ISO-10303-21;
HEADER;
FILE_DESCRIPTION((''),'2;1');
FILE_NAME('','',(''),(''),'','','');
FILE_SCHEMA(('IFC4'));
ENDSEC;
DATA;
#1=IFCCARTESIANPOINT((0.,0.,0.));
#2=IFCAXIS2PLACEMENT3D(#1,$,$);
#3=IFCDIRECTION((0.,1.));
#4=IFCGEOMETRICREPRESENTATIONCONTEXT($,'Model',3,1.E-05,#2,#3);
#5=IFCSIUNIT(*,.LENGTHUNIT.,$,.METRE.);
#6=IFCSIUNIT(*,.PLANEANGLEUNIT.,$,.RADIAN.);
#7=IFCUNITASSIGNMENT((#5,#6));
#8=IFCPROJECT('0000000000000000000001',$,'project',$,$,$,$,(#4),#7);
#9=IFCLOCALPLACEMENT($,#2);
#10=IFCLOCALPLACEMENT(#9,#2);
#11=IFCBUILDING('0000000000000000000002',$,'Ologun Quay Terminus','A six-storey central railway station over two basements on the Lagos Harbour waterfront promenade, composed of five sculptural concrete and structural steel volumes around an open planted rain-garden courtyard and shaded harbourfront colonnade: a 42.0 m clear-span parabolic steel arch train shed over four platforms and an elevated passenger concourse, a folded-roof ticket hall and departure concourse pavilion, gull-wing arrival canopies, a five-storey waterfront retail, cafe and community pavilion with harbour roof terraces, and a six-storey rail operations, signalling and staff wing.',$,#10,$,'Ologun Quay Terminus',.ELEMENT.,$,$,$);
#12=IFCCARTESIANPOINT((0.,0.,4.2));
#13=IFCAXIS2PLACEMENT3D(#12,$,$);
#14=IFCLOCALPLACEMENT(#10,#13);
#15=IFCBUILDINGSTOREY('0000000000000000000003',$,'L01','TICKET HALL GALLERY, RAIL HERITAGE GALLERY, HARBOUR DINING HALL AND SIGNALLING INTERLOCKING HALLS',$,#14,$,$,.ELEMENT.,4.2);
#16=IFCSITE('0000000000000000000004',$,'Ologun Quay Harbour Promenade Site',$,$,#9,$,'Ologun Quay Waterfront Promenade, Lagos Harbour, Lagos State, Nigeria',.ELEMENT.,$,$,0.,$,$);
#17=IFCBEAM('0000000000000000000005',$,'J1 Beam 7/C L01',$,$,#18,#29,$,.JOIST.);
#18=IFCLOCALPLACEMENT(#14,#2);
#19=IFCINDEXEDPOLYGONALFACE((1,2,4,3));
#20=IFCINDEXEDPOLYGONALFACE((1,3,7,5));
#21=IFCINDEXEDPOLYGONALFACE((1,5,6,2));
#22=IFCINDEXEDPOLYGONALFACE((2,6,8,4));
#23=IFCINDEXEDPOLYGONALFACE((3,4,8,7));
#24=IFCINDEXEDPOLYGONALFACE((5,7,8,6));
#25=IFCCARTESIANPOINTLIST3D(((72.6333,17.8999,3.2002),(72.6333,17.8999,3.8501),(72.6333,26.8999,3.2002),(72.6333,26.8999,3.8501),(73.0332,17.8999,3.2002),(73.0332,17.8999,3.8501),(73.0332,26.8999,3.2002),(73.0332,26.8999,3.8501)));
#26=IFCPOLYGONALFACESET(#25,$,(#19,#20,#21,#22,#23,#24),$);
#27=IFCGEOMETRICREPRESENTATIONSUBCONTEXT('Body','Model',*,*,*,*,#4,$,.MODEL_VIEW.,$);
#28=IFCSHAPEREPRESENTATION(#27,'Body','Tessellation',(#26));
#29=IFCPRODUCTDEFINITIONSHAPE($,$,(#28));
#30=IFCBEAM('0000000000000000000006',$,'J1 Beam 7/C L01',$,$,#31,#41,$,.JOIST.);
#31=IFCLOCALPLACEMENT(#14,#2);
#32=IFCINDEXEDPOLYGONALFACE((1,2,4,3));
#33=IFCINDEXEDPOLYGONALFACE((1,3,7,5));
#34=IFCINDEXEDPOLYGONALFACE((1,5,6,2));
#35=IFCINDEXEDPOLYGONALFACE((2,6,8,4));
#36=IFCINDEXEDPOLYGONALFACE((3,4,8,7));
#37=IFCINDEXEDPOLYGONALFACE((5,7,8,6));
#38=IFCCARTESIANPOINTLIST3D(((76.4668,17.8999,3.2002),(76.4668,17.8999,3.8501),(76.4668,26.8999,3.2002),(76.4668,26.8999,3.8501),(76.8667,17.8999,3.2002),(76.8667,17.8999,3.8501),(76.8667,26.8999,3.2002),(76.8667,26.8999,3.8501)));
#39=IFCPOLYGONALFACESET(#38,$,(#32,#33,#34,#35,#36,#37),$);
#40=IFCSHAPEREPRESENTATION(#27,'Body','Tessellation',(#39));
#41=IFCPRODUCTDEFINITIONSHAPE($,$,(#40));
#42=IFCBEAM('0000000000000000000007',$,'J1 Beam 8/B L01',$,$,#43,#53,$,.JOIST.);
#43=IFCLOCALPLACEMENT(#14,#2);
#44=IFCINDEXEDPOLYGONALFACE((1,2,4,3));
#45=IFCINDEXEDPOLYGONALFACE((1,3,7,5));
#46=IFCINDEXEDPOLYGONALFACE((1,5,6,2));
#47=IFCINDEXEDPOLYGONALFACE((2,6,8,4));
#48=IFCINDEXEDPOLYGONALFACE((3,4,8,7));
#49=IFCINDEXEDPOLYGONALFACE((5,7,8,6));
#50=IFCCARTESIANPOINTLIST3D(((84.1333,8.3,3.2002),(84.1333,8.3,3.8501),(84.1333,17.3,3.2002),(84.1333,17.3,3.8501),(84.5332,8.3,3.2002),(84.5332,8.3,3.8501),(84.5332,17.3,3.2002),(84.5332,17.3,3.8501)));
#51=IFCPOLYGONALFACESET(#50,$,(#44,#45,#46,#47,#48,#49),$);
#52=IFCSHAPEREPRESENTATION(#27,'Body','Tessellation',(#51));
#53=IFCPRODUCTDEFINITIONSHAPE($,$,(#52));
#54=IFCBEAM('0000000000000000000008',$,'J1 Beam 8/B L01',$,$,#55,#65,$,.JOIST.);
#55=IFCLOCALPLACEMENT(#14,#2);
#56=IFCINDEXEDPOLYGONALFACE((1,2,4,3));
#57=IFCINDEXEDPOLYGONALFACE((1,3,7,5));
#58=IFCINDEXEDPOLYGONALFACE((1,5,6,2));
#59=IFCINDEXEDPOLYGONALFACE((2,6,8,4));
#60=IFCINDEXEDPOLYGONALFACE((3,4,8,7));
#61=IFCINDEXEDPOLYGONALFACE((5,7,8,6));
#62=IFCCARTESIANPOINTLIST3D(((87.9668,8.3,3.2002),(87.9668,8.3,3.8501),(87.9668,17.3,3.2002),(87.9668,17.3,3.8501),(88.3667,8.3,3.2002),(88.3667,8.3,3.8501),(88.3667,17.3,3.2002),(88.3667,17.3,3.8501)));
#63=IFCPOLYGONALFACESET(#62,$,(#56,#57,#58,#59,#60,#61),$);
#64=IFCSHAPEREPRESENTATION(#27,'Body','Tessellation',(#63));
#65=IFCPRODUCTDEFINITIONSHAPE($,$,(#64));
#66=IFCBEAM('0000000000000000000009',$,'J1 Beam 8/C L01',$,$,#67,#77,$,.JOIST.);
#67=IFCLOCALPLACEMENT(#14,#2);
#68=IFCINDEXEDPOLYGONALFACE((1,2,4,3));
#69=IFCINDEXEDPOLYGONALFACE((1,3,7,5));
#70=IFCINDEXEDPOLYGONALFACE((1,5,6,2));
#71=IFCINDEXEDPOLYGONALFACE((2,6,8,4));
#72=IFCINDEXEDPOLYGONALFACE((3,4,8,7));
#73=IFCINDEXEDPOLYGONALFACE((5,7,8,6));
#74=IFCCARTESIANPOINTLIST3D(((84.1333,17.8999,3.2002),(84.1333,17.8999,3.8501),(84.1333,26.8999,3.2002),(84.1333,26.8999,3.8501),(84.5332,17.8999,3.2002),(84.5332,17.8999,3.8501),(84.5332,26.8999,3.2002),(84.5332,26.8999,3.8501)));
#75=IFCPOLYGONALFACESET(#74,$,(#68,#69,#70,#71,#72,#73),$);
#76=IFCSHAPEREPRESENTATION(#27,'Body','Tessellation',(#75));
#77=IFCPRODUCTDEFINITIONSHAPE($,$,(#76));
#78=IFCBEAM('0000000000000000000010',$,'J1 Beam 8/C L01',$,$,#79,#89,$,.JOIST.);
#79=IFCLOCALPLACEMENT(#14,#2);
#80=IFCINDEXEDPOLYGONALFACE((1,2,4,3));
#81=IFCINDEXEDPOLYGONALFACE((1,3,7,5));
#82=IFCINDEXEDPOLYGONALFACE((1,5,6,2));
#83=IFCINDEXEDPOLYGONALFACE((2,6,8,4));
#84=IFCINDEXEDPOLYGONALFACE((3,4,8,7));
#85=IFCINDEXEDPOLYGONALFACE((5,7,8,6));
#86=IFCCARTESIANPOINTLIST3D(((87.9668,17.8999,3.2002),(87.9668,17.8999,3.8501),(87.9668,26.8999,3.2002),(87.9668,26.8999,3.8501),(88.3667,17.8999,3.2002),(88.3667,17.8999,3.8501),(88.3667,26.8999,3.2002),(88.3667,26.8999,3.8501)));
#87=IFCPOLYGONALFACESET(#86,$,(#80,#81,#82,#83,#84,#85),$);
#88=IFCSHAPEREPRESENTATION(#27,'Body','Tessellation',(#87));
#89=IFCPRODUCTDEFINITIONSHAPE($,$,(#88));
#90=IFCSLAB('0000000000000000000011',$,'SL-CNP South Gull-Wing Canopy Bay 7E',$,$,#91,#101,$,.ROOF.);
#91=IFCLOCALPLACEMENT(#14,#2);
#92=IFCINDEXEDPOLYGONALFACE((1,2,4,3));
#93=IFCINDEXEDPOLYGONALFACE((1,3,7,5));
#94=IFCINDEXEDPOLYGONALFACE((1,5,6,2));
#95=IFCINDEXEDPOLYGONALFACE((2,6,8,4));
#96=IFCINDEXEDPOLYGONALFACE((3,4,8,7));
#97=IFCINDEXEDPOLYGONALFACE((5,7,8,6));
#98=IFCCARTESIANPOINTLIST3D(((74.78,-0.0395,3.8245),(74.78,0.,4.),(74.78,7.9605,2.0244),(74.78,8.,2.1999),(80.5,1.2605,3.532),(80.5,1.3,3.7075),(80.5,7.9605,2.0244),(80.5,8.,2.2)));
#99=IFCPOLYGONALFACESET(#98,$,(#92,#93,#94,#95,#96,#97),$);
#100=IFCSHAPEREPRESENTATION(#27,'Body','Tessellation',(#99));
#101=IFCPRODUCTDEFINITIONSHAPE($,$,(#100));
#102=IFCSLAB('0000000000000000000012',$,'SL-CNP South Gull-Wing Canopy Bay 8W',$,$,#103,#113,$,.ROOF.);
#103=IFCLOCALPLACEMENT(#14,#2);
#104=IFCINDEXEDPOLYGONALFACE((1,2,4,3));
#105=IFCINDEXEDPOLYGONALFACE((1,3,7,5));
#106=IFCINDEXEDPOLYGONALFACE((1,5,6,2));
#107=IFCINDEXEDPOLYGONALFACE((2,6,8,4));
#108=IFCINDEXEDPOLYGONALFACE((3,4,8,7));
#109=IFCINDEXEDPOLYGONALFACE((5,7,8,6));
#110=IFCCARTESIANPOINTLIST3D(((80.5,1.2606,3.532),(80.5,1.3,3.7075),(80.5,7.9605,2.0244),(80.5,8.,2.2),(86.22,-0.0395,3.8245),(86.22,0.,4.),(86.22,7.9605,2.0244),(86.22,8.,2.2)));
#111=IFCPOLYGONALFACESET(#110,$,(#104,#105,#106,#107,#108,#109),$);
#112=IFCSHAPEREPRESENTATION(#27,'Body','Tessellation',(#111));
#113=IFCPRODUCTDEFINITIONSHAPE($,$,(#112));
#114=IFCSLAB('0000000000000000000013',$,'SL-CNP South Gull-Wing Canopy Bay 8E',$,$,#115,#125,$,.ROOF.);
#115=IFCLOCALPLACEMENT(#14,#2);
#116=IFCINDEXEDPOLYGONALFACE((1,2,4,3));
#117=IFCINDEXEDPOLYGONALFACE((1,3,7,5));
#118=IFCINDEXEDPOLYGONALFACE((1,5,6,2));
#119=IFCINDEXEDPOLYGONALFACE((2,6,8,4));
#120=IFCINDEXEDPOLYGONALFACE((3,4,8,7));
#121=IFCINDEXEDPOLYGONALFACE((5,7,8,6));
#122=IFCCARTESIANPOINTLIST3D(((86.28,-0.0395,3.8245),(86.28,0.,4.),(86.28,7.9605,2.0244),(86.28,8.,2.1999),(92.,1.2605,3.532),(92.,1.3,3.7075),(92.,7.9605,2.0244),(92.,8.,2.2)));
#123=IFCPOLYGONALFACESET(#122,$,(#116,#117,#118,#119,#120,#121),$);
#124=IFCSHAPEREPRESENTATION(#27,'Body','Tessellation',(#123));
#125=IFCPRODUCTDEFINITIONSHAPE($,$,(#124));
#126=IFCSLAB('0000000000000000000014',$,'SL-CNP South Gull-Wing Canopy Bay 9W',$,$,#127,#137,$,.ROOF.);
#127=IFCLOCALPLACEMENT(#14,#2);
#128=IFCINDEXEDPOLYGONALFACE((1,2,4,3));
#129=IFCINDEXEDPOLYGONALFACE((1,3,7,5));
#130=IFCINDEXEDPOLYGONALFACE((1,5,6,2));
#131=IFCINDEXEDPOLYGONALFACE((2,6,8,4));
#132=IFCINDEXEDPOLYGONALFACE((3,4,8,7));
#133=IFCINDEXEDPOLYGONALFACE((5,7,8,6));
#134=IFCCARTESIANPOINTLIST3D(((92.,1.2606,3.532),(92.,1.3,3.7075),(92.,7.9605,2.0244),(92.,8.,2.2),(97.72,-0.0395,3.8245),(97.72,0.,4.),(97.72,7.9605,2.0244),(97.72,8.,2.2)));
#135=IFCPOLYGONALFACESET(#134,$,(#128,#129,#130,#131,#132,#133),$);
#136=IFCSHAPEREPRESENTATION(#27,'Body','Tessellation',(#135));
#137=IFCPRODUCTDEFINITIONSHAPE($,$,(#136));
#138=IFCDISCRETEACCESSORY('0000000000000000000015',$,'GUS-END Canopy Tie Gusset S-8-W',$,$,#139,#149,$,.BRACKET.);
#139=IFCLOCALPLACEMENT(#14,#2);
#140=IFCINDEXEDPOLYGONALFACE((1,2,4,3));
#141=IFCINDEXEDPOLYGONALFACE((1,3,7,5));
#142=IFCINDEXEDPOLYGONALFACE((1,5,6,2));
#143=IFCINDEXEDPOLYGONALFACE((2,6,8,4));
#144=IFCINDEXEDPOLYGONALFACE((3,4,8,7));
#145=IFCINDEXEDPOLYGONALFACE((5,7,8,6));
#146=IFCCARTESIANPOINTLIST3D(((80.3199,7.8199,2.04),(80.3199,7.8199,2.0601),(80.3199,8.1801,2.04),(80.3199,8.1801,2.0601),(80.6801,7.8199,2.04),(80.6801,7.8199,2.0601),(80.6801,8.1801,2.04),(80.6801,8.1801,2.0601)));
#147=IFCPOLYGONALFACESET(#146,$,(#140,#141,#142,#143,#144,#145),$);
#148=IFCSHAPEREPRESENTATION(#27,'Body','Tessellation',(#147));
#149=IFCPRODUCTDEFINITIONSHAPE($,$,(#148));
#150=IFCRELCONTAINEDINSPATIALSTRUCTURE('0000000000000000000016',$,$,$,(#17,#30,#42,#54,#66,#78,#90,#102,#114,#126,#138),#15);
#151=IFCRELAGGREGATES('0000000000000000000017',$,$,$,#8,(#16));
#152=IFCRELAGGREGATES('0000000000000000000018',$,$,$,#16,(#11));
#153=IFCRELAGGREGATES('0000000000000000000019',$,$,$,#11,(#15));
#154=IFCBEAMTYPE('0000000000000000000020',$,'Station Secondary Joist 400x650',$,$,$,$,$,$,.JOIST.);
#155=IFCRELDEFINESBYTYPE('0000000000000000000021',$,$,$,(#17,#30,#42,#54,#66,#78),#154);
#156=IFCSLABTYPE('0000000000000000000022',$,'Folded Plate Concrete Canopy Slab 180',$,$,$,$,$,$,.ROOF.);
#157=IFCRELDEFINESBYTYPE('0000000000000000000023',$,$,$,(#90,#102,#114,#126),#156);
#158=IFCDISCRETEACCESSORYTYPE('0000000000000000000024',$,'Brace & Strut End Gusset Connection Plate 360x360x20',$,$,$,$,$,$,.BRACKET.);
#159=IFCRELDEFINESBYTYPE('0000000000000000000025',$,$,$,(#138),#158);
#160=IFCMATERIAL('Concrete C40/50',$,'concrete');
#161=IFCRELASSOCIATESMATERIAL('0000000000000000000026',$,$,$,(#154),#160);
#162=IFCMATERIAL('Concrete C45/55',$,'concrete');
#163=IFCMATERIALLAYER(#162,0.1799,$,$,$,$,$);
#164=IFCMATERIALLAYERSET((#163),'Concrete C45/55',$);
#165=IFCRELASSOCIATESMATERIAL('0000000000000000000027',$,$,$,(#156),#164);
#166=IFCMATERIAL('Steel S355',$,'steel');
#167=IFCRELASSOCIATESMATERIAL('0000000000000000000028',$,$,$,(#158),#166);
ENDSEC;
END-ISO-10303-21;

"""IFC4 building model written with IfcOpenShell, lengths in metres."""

from ifc_helpers import new_model, si_unit, direction, frame, origin, origin_2d, place, context, subcontext, project, spatial, polyline, rectangle, outline, extrude, material, layer, layer_set, material_profile, profile_set, type_object, element, save


model = new_model("IFC4")

# Units and contexts
model_context = context("Model", 3, precision=1e-05, world=origin(), true_north=direction((0.0, 1.0)))
body_context = subcontext(model_context, "Body", "Model", "MODEL_VIEW")
ifc_project = project(units=[si_unit("LENGTHUNIT", "METRE"), si_unit("PLANEANGLEUNIT", "RADIAN")], contexts=[model_context])

# Site, building, storey
site_placement = place(None, origin())
site = spatial("IfcSite", under=ifc_project, at=site_placement, Name="Ologun Quay Harbour Promenade Site", LongName="Ologun Quay Waterfront Promenade, Lagos Harbour, Lagos State, Nigeria", CompositionType="ELEMENT", RefElevation=0.0)
building_placement = place(site_placement, origin())
building = spatial("IfcBuilding", under=site, at=building_placement, Name="Ologun Quay Terminus", Description="A six-storey central railway station over two basements on the Lagos Harbour waterfront promenade, composed of five sculptural concrete and structural steel volumes around an open planted rain-garden courtyard and shaded harbourfront colonnade: a 42.0 m clear-span parabolic steel arch train shed over four platforms and an elevated passenger concourse, a folded-roof ticket hall and departure concourse pavilion, gull-wing arrival canopies, a five-storey waterfront retail, cafe and community pavilion with harbour roof terraces, and a six-storey rail operations, signalling and staff wing.", LongName="Ologun Quay Terminus", CompositionType="ELEMENT")
storey_placement = place(building_placement, frame((0.0, 0.0, 4.2)))
storey = spatial("IfcBuildingStorey", under=building, at=storey_placement, Name="L01", Description="TICKET HALL GALLERY, RAIL HERITAGE GALLERY, HARBOUR DINING HALL AND SIGNALLING INTERLOCKING HALLS", CompositionType="ELEMENT", Elevation=4.2)

# Beams
ifc_material_1 = material(Name="Concrete C40/50", Category="concrete")
ifc_material_profile_1 = material_profile(ifc_material_1, rectangle(XDim=0.3999, YDim=0.6499, at=origin_2d()), Name="RC 400x650")
ifc_profile_set_1 = profile_set([ifc_material_profile_1], Name="Concrete C40/50")
beam_type_1 = type_object("IfcBeamType", Name="Station Secondary Joist 400x650", PredefinedType="JOIST", material=ifc_profile_set_1)
for number, where, z_axis, x_axis, name in (
    (1, (72.8333, 17.8999, 3.5251), (0.0, 1.0, 0.0), (-1.0, 0.0, 0.0), "J1 Beam 7/C L01"),
    (2, (76.6667, 17.8999, 3.5251), (0.0, 1.0, 0.0), (-1.0, 0.0, 0.0), "J1 Beam 7/C L01"),
    (3, (84.3333, 8.3, 3.5251), (0.0, 1.0, 0.0), (-1.0, 0.0, 0.0), "J1 Beam 8/B L01"),
    (4, (88.1667, 8.3, 3.5251), (0.0, 1.0, 0.0), (-1.0, 0.0, 0.0), "J1 Beam 8/B L01"),
    (5, (84.3333, 17.8999, 3.5251), (0.0, 1.0, 0.0), (-1.0, 0.0, 0.0), "J1 Beam 8/C L01"),
    (6, (88.1667, 17.8999, 3.5251), (0.0, 1.0, 0.0), (-1.0, 0.0, 0.0), "J1 Beam 8/C L01"),
):
    element("IfcBeam", number, at=place(storey_placement, frame(where, z_axis=z_axis, x_axis=x_axis)), inside=storey, type_object=beam_type_1, Name=name, PredefinedType="JOIST", context=body_context, shape_type="SweptSolid", body=[
        extrude(rectangle(XDim=0.3999, YDim=0.6499, at=origin_2d()), origin(), (0.0, 0.0, 1.0), 9.0),
    ])

# Slabs
ifc_material_2 = material(Name="Concrete C45/55", Category="concrete")
ifc_layer = layer(ifc_material_2, 0.1799)
ifc_layer_set = layer_set([ifc_layer], Name="Concrete C45/55")
slab_type = type_object("IfcSlabType", Name="Folded Plate Concrete Canopy Slab 180", PredefinedType="ROOF", material=ifc_layer_set)
slab_1_placement = place(storey_placement, frame((74.78, 0.0, 4.0), z_axis=(-0.000004, 0.21952, 0.975608), x_axis=(0.973921, 0.221354, -0.049803)))
element("IfcSlab", 7, at=slab_1_placement, inside=storey, type_object=slab_type, Name="SL-CNP South Gull-Wing Canopy Bay 7E", PredefinedType="ROOF", context=body_context, shape_type="SweptSolid", body=[
    extrude(outline(polyline([(0.0, 0.0), (5.8731, 0.0), (7.4313, 6.6884), (1.8605, 7.9862), (0.0, 0.0)])), origin(), (0.0, 0.0, -1.0), 0.1799),
])
slab_2_placement = place(storey_placement, frame((80.5, 1.3, 3.7075), z_axis=(0.000004, 0.21952, 0.975608), x_axis=(0.973921, -0.221354, 0.049803)))
element("IfcSlab", 8, at=slab_2_placement, inside=storey, type_object=slab_type, Name="SL-CNP South Gull-Wing Canopy Bay 8W", PredefinedType="ROOF", context=body_context, shape_type="SweptSolid", body=[
    extrude(outline(polyline([(0.0, 0.0), (5.8731, 0.0), (4.0127, 7.9862), (-1.5581, 6.6884), (0.0, 0.0)])), origin(), (0.0, 0.0, -1.0), 0.1799),
])
slab_3_placement = place(storey_placement, frame((86.28, 0.0, 4.0), z_axis=(-0.000004, 0.21952, 0.975608), x_axis=(0.973921, 0.221354, -0.049803)))
element("IfcSlab", 9, at=slab_3_placement, inside=storey, type_object=slab_type, Name="SL-CNP South Gull-Wing Canopy Bay 8E", PredefinedType="ROOF", context=body_context, shape_type="SweptSolid", body=[
    extrude(outline(polyline([(0.0, 0.0), (5.8731, 0.0), (7.4313, 6.6884), (1.8605, 7.9862), (0.0, 0.0)])), origin(), (0.0, 0.0, -1.0), 0.1799),
])
slab_4_placement = place(storey_placement, frame((92.0, 1.3, 3.7075), z_axis=(0.000004, 0.21952, 0.975608), x_axis=(0.973921, -0.221354, 0.049803)))
element("IfcSlab", 10, at=slab_4_placement, inside=storey, type_object=slab_type, Name="SL-CNP South Gull-Wing Canopy Bay 9W", PredefinedType="ROOF", context=body_context, shape_type="SweptSolid", body=[
    extrude(outline(polyline([(0.0, 0.0), (5.8731, 0.0), (4.0127, 7.9862), (-1.5581, 6.6884), (0.0, 0.0)])), origin(), (0.0, 0.0, -1.0), 0.1799),
])

# Discrete accessory
ifc_material_3 = material(Name="Steel S355", Category="steel")
discrete_accessory_type = type_object("IfcDiscreteAccessoryType", Name="Brace & Strut End Gusset Connection Plate 360x360x20", PredefinedType="BRACKET", material=ifc_material_3)
discrete_accessory_placement = place(storey_placement, frame((80.5, 8.0, 2.04), z_axis=(0.0, 0.0, 1.0), x_axis=(1.0, 0.0, 0.0)))
element("IfcDiscreteAccessory", 11, at=discrete_accessory_placement, inside=storey, type_object=discrete_accessory_type, Name="GUS-END Canopy Tie Gusset S-8-W", PredefinedType="BRACKET", context=body_context, shape_type="SweptSolid", body=[
    extrude(rectangle(XDim=0.3601, YDim=0.3601, at=origin_2d()), origin(), (0.0, 0.0, 1.0), 0.02),
])

save(model, "model.ifc")
